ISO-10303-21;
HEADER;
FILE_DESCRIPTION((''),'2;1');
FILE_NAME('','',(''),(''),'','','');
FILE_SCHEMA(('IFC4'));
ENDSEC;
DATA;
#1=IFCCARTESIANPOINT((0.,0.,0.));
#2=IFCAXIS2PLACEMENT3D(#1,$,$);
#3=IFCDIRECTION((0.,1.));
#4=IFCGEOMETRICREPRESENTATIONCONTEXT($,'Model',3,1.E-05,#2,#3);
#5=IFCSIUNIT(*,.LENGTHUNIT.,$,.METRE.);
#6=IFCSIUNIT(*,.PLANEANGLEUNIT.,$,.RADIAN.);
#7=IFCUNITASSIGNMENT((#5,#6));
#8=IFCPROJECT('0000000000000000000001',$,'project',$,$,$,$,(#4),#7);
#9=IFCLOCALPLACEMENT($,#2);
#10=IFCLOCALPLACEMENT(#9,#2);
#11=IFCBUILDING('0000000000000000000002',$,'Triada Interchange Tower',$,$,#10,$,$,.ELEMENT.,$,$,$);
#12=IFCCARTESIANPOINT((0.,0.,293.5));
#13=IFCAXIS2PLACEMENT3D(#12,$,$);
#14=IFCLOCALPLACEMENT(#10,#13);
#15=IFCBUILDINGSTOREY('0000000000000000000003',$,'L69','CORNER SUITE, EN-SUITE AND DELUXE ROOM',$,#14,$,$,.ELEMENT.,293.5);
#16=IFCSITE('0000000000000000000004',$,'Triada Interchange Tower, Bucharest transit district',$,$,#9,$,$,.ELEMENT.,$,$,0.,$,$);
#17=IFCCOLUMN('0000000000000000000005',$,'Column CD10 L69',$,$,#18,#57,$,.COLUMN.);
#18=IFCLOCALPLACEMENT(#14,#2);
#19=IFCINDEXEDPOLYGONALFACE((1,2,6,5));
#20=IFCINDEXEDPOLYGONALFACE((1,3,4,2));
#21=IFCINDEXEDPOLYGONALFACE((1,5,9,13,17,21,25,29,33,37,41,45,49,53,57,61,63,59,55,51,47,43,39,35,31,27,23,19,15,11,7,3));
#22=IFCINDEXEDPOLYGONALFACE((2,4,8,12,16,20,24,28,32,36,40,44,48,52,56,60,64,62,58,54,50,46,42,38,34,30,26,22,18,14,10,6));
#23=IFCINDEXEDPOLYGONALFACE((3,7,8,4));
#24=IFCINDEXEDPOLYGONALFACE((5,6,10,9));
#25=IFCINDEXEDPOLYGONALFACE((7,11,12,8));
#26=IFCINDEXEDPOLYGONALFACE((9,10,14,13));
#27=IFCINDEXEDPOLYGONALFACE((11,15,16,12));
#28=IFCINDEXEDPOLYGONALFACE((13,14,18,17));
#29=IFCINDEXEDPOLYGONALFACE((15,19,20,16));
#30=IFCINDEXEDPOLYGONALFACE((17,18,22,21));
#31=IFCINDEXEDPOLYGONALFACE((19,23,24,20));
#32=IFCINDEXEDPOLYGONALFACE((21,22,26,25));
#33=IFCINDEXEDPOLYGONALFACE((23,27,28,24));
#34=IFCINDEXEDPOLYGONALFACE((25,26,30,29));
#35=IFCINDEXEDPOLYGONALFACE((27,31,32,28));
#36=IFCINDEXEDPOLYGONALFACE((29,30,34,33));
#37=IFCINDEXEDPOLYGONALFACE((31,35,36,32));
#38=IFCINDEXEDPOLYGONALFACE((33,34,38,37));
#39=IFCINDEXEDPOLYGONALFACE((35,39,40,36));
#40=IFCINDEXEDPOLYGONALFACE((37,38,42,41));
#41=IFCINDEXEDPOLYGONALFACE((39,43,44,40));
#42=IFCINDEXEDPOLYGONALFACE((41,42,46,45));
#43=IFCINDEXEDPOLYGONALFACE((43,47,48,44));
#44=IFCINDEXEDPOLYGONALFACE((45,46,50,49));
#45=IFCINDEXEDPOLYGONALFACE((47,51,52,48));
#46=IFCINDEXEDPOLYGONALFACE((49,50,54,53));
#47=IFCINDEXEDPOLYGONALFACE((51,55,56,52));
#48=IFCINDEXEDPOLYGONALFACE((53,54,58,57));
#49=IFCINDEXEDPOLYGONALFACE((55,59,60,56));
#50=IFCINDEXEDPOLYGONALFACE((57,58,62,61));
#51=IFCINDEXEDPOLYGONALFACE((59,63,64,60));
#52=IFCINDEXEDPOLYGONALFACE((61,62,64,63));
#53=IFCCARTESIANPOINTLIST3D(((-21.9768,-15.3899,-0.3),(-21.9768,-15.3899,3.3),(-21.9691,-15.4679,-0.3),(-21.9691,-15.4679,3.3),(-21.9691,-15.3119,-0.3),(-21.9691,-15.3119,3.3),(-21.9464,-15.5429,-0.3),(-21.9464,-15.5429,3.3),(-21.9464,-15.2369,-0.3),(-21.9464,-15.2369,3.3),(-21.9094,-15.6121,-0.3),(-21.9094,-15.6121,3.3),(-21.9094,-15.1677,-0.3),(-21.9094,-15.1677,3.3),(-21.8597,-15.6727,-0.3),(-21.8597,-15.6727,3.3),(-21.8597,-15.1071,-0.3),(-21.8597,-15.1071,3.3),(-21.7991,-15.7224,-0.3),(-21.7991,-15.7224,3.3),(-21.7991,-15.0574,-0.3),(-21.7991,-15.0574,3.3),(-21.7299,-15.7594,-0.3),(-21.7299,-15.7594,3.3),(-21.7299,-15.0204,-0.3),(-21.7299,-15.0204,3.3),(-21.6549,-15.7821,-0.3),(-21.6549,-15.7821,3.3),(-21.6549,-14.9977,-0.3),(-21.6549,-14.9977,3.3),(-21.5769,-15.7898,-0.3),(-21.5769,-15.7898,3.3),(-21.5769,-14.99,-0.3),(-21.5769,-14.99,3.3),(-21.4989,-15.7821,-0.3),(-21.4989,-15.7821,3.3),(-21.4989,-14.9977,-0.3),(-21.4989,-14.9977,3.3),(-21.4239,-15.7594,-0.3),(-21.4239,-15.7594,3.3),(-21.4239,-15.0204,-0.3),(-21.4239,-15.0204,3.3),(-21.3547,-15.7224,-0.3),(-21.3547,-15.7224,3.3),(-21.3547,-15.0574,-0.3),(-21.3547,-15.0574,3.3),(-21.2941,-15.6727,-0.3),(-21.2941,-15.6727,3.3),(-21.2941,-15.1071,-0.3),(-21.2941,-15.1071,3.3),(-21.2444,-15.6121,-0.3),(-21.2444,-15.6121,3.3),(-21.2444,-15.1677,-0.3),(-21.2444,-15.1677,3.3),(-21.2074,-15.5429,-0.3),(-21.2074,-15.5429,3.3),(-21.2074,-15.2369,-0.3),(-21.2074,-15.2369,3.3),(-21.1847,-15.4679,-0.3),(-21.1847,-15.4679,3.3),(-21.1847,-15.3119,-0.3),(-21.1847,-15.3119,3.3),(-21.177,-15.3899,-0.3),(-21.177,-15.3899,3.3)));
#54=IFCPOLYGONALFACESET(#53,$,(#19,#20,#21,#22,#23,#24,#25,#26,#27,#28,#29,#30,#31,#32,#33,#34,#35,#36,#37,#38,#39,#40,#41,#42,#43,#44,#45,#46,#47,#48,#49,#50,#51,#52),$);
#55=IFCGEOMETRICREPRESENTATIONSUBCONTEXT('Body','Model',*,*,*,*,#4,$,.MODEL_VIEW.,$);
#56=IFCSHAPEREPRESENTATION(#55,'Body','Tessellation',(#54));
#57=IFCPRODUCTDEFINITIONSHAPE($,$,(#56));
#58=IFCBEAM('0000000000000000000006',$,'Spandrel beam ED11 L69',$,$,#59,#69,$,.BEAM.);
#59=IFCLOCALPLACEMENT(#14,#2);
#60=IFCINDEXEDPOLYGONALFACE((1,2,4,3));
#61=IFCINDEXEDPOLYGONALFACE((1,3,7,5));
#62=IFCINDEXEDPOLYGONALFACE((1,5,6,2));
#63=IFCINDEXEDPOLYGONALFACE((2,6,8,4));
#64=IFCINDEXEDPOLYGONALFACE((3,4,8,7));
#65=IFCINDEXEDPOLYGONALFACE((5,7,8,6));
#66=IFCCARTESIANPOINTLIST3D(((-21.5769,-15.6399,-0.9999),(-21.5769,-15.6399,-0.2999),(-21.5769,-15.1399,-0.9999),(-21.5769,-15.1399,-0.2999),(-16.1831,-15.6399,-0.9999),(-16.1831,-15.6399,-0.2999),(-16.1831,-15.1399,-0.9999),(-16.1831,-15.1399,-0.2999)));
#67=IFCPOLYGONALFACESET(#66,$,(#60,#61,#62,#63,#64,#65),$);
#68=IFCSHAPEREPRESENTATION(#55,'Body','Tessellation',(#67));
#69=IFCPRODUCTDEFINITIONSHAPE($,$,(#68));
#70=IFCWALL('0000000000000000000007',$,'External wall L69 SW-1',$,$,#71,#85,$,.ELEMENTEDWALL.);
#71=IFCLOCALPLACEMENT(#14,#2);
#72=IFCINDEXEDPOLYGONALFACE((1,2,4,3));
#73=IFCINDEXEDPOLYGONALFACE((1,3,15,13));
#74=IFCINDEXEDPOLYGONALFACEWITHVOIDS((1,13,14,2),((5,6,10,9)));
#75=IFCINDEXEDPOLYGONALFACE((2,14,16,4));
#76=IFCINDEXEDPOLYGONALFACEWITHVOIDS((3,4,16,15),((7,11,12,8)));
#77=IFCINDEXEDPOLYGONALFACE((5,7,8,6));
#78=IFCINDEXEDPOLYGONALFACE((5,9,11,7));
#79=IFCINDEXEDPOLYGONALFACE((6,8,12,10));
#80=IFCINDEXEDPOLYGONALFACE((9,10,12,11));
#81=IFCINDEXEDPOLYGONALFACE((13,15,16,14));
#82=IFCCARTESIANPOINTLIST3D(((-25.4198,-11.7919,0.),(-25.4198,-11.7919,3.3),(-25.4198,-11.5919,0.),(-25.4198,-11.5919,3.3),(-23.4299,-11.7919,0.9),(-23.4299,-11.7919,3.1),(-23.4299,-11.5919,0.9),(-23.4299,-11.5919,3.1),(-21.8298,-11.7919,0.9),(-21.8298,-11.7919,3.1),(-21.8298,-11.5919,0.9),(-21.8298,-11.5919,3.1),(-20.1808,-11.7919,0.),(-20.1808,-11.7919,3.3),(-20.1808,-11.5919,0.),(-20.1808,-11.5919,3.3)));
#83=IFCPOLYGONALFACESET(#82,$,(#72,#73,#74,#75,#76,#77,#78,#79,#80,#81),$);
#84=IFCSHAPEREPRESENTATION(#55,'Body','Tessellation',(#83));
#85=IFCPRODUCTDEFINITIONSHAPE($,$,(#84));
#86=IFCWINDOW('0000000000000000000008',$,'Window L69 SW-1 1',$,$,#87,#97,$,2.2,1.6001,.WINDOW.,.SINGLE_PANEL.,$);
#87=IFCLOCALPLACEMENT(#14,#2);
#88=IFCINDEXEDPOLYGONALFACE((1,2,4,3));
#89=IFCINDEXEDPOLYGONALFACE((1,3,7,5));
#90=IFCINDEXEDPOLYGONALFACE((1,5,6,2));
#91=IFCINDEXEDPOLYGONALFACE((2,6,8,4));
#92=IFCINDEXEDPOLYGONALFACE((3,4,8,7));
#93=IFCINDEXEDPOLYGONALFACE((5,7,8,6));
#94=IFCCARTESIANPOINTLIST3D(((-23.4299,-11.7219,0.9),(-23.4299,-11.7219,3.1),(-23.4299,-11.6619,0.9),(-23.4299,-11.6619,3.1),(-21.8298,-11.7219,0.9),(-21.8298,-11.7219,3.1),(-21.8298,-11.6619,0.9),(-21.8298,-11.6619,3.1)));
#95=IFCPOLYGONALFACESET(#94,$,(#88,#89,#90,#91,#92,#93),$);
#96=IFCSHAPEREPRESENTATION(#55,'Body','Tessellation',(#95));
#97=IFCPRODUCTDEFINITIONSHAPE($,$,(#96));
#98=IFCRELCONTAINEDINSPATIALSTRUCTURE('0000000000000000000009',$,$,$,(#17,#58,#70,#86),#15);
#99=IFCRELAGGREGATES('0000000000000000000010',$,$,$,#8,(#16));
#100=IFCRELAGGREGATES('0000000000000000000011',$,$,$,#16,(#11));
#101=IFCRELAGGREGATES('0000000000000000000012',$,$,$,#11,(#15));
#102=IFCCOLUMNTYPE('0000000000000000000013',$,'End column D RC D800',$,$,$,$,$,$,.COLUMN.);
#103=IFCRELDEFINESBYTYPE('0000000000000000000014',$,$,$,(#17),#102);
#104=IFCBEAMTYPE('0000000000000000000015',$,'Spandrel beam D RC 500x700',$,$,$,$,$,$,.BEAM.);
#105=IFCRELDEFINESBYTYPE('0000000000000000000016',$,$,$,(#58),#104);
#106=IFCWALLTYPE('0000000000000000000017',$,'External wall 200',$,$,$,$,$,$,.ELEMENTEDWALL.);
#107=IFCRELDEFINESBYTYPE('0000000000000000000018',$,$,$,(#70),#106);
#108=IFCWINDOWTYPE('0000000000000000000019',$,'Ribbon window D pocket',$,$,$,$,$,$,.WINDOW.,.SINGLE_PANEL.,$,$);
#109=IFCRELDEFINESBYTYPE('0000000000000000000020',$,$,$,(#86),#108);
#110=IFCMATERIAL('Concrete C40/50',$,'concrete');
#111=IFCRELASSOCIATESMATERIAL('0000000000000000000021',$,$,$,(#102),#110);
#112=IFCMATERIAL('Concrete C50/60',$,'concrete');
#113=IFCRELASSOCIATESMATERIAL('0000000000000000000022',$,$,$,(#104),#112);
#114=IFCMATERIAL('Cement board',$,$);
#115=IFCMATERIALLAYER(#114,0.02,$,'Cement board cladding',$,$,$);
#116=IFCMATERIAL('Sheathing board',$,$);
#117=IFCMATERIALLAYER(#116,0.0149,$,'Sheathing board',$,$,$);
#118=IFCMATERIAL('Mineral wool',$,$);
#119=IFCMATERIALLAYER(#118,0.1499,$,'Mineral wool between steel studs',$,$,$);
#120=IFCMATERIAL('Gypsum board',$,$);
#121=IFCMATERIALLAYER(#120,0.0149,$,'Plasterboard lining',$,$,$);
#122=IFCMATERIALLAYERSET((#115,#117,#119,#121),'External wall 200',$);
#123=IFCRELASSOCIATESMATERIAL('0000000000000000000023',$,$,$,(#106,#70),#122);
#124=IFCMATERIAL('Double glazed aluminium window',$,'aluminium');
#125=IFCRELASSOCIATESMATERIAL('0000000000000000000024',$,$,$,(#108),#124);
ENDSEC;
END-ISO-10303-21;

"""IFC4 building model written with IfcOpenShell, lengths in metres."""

from ifc_helpers import new_model, si_unit, direction, frame, frame_2d, origin, origin_2d, place, context, subcontext, project, spatial, rectangle, circle, extrude, material, layer, layer_set, layer_usage, material_profile, profile_set, type_object, element, fill, save


model = new_model("IFC4")

# Units and contexts
model_context = context("Model", 3, precision=1e-05, world=origin(), true_north=direction((0.0, 1.0)))
body_context = subcontext(model_context, "Body", "Model", "MODEL_VIEW")
ifc_project = project(units=[si_unit("LENGTHUNIT", "METRE"), si_unit("PLANEANGLEUNIT", "RADIAN")], contexts=[model_context])

# Site, building, storey
site_placement = place(None, origin())
site = spatial("IfcSite", under=ifc_project, at=site_placement, Name="Triada Interchange Tower, Bucharest transit district", CompositionType="ELEMENT", RefElevation=0.0)
building_placement = place(site_placement, origin())
building = spatial("IfcBuilding", under=site, at=building_placement, Name="Triada Interchange Tower", CompositionType="ELEMENT")
storey_placement = place(building_placement, frame((0.0, 0.0, 293.5)))
storey = spatial("IfcBuildingStorey", under=building, at=storey_placement, Name="L69", Description="CORNER SUITE, EN-SUITE AND DELUXE ROOM", CompositionType="ELEMENT", Elevation=293.5)

# Column
ifc_material_1 = material(Name="Concrete C40/50", Category="concrete")
ifc_material_profile_1 = material_profile(ifc_material_1, circle(Radius=0.3999, at=origin_2d()), Name="RC D800")
ifc_profile_set_1 = profile_set([ifc_material_profile_1], Name="Concrete C40/50")
column_type = type_object("IfcColumnType", Name="End column D RC D800", PredefinedType="COLUMN", material=ifc_profile_set_1)
column_placement = place(storey_placement, frame((-21.5769, -15.3899, -0.3), z_axis=(0.0, 0.0, 1.0), x_axis=(1.0, 0.0, 0.0)))
element("IfcColumn", 1, at=column_placement, inside=storey, type_object=column_type, Name="Column CD10 L69", PredefinedType="COLUMN", context=body_context, shape_type="SweptSolid", body=[
    extrude(circle(Radius=0.3999, at=origin_2d()), origin(), (0.0, 0.0, 1.0), 3.6001),
])

# Beam
ifc_material_2 = material(Name="Concrete C50/60", Category="concrete")
ifc_material_profile_2 = material_profile(ifc_material_2, rectangle(XDim=0.5, YDim=0.7, at=origin_2d()), Name="RC 500x700")
ifc_profile_set_2 = profile_set([ifc_material_profile_2], Name="Concrete C50/60")
beam_type = type_object("IfcBeamType", Name="Spandrel beam D RC 500x700", PredefinedType="BEAM", material=ifc_profile_set_2)
beam_placement = place(storey_placement, frame((-21.5769, -15.3899, -0.6499), z_axis=(1.0, 0.0, 0.0), x_axis=(0.0, 1.0, 0.0)))
element("IfcBeam", 2, at=beam_placement, inside=storey, type_object=beam_type, Name="Spandrel beam ED11 L69", PredefinedType="BEAM", context=body_context, shape_type="SweptSolid", body=[
    extrude(rectangle(XDim=0.5, YDim=0.7, at=origin_2d()), origin(), (0.0, 0.0, 1.0), 5.3938),
])

# Wall, opening, window
ifc_material_3 = material(Name="Cement board")
ifc_layer_1 = layer(ifc_material_3, 0.02, Name="Cement board cladding")
ifc_material_4 = material(Name="Sheathing board")
ifc_layer_2 = layer(ifc_material_4, 0.0149, Name="Sheathing board")
ifc_material_5 = material(Name="Mineral wool")
ifc_layer_3 = layer(ifc_material_5, 0.1499, Name="Mineral wool between steel studs")
ifc_material_6 = material(Name="Gypsum board")
ifc_layer_4 = layer(ifc_material_6, 0.0149, Name="Plasterboard lining")
ifc_layer_set_1 = layer_set([ifc_layer_1, ifc_layer_2, ifc_layer_3, ifc_layer_4], Name="External wall 200")
ifc_layer_usage = layer_usage(ifc_layer_set_1, "AXIS2", "POSITIVE", -0.1001)
wall_type = type_object("IfcWallType", Name="External wall 200", PredefinedType="ELEMENTEDWALL", material=ifc_layer_set_1)
wall_1_placement = place(storey_placement, frame((-25.4199, -11.6919, 0.0), z_axis=(0.0, 0.0, 1.0), x_axis=(1.0, 0.0, 0.0)))
wall_1 = element("IfcWall", 3, at=wall_1_placement, inside=storey, type_object=wall_type, material=ifc_layer_usage, Name="External wall L69 SW-1", PredefinedType="ELEMENTEDWALL", context=body_context, shape_type="SweptSolid", body=[
    extrude(rectangle(XDim=5.239, YDim=0.2, at=frame_2d((2.6196, 0.0))), origin(), (0.0, 0.0, 1.0), 3.3),
])
opening_1_placement = place(wall_1_placement, frame((1.99, 0.0, 0.8999)))
opening_1 = element("IfcOpeningElement", 4, at=opening_1_placement, cuts=wall_1, PredefinedType="OPENING", context=body_context, shape_type="SweptSolid", body=[
    extrude(rectangle(XDim=1.6001, YDim=2.2, at=frame_2d((0.8, 1.1001))), frame((0.0, 0.1099, 0.0), z_axis=(0.0, -1.0, 0.0), x_axis=(1.0, 0.0, 0.0)), (0.0, 0.0, 1.0), 0.22),
])
ifc_material_7 = material(Name="Double glazed aluminium window", Category="aluminium")
window_type_1 = type_object("IfcWindowType", Name="Ribbon window D pocket", PartitioningType="SINGLE_PANEL", PredefinedType="WINDOW", material=ifc_material_7)
window_1_placement = place(opening_1_placement, origin())
window_1 = element("IfcWindow", 5, at=window_1_placement, inside=storey, type_object=window_type_1, Name="Window L69 SW-1 1", OverallHeight=2.2, OverallWidth=1.6001, PartitioningType="SINGLE_PANEL", PredefinedType="WINDOW", context=body_context, shape_type="SweptSolid", body=[
    extrude(rectangle(XDim=1.6001, YDim=2.2, at=frame_2d((0.8, 1.1001))), frame((0.0, 0.03, 0.0), z_axis=(0.0, -1.0, 0.0), x_axis=(1.0, 0.0, 0.0)), (0.0, 0.0, 1.0), 0.0601),
])
fill(opening_1, window_1)

save(model, "model.ifc")
